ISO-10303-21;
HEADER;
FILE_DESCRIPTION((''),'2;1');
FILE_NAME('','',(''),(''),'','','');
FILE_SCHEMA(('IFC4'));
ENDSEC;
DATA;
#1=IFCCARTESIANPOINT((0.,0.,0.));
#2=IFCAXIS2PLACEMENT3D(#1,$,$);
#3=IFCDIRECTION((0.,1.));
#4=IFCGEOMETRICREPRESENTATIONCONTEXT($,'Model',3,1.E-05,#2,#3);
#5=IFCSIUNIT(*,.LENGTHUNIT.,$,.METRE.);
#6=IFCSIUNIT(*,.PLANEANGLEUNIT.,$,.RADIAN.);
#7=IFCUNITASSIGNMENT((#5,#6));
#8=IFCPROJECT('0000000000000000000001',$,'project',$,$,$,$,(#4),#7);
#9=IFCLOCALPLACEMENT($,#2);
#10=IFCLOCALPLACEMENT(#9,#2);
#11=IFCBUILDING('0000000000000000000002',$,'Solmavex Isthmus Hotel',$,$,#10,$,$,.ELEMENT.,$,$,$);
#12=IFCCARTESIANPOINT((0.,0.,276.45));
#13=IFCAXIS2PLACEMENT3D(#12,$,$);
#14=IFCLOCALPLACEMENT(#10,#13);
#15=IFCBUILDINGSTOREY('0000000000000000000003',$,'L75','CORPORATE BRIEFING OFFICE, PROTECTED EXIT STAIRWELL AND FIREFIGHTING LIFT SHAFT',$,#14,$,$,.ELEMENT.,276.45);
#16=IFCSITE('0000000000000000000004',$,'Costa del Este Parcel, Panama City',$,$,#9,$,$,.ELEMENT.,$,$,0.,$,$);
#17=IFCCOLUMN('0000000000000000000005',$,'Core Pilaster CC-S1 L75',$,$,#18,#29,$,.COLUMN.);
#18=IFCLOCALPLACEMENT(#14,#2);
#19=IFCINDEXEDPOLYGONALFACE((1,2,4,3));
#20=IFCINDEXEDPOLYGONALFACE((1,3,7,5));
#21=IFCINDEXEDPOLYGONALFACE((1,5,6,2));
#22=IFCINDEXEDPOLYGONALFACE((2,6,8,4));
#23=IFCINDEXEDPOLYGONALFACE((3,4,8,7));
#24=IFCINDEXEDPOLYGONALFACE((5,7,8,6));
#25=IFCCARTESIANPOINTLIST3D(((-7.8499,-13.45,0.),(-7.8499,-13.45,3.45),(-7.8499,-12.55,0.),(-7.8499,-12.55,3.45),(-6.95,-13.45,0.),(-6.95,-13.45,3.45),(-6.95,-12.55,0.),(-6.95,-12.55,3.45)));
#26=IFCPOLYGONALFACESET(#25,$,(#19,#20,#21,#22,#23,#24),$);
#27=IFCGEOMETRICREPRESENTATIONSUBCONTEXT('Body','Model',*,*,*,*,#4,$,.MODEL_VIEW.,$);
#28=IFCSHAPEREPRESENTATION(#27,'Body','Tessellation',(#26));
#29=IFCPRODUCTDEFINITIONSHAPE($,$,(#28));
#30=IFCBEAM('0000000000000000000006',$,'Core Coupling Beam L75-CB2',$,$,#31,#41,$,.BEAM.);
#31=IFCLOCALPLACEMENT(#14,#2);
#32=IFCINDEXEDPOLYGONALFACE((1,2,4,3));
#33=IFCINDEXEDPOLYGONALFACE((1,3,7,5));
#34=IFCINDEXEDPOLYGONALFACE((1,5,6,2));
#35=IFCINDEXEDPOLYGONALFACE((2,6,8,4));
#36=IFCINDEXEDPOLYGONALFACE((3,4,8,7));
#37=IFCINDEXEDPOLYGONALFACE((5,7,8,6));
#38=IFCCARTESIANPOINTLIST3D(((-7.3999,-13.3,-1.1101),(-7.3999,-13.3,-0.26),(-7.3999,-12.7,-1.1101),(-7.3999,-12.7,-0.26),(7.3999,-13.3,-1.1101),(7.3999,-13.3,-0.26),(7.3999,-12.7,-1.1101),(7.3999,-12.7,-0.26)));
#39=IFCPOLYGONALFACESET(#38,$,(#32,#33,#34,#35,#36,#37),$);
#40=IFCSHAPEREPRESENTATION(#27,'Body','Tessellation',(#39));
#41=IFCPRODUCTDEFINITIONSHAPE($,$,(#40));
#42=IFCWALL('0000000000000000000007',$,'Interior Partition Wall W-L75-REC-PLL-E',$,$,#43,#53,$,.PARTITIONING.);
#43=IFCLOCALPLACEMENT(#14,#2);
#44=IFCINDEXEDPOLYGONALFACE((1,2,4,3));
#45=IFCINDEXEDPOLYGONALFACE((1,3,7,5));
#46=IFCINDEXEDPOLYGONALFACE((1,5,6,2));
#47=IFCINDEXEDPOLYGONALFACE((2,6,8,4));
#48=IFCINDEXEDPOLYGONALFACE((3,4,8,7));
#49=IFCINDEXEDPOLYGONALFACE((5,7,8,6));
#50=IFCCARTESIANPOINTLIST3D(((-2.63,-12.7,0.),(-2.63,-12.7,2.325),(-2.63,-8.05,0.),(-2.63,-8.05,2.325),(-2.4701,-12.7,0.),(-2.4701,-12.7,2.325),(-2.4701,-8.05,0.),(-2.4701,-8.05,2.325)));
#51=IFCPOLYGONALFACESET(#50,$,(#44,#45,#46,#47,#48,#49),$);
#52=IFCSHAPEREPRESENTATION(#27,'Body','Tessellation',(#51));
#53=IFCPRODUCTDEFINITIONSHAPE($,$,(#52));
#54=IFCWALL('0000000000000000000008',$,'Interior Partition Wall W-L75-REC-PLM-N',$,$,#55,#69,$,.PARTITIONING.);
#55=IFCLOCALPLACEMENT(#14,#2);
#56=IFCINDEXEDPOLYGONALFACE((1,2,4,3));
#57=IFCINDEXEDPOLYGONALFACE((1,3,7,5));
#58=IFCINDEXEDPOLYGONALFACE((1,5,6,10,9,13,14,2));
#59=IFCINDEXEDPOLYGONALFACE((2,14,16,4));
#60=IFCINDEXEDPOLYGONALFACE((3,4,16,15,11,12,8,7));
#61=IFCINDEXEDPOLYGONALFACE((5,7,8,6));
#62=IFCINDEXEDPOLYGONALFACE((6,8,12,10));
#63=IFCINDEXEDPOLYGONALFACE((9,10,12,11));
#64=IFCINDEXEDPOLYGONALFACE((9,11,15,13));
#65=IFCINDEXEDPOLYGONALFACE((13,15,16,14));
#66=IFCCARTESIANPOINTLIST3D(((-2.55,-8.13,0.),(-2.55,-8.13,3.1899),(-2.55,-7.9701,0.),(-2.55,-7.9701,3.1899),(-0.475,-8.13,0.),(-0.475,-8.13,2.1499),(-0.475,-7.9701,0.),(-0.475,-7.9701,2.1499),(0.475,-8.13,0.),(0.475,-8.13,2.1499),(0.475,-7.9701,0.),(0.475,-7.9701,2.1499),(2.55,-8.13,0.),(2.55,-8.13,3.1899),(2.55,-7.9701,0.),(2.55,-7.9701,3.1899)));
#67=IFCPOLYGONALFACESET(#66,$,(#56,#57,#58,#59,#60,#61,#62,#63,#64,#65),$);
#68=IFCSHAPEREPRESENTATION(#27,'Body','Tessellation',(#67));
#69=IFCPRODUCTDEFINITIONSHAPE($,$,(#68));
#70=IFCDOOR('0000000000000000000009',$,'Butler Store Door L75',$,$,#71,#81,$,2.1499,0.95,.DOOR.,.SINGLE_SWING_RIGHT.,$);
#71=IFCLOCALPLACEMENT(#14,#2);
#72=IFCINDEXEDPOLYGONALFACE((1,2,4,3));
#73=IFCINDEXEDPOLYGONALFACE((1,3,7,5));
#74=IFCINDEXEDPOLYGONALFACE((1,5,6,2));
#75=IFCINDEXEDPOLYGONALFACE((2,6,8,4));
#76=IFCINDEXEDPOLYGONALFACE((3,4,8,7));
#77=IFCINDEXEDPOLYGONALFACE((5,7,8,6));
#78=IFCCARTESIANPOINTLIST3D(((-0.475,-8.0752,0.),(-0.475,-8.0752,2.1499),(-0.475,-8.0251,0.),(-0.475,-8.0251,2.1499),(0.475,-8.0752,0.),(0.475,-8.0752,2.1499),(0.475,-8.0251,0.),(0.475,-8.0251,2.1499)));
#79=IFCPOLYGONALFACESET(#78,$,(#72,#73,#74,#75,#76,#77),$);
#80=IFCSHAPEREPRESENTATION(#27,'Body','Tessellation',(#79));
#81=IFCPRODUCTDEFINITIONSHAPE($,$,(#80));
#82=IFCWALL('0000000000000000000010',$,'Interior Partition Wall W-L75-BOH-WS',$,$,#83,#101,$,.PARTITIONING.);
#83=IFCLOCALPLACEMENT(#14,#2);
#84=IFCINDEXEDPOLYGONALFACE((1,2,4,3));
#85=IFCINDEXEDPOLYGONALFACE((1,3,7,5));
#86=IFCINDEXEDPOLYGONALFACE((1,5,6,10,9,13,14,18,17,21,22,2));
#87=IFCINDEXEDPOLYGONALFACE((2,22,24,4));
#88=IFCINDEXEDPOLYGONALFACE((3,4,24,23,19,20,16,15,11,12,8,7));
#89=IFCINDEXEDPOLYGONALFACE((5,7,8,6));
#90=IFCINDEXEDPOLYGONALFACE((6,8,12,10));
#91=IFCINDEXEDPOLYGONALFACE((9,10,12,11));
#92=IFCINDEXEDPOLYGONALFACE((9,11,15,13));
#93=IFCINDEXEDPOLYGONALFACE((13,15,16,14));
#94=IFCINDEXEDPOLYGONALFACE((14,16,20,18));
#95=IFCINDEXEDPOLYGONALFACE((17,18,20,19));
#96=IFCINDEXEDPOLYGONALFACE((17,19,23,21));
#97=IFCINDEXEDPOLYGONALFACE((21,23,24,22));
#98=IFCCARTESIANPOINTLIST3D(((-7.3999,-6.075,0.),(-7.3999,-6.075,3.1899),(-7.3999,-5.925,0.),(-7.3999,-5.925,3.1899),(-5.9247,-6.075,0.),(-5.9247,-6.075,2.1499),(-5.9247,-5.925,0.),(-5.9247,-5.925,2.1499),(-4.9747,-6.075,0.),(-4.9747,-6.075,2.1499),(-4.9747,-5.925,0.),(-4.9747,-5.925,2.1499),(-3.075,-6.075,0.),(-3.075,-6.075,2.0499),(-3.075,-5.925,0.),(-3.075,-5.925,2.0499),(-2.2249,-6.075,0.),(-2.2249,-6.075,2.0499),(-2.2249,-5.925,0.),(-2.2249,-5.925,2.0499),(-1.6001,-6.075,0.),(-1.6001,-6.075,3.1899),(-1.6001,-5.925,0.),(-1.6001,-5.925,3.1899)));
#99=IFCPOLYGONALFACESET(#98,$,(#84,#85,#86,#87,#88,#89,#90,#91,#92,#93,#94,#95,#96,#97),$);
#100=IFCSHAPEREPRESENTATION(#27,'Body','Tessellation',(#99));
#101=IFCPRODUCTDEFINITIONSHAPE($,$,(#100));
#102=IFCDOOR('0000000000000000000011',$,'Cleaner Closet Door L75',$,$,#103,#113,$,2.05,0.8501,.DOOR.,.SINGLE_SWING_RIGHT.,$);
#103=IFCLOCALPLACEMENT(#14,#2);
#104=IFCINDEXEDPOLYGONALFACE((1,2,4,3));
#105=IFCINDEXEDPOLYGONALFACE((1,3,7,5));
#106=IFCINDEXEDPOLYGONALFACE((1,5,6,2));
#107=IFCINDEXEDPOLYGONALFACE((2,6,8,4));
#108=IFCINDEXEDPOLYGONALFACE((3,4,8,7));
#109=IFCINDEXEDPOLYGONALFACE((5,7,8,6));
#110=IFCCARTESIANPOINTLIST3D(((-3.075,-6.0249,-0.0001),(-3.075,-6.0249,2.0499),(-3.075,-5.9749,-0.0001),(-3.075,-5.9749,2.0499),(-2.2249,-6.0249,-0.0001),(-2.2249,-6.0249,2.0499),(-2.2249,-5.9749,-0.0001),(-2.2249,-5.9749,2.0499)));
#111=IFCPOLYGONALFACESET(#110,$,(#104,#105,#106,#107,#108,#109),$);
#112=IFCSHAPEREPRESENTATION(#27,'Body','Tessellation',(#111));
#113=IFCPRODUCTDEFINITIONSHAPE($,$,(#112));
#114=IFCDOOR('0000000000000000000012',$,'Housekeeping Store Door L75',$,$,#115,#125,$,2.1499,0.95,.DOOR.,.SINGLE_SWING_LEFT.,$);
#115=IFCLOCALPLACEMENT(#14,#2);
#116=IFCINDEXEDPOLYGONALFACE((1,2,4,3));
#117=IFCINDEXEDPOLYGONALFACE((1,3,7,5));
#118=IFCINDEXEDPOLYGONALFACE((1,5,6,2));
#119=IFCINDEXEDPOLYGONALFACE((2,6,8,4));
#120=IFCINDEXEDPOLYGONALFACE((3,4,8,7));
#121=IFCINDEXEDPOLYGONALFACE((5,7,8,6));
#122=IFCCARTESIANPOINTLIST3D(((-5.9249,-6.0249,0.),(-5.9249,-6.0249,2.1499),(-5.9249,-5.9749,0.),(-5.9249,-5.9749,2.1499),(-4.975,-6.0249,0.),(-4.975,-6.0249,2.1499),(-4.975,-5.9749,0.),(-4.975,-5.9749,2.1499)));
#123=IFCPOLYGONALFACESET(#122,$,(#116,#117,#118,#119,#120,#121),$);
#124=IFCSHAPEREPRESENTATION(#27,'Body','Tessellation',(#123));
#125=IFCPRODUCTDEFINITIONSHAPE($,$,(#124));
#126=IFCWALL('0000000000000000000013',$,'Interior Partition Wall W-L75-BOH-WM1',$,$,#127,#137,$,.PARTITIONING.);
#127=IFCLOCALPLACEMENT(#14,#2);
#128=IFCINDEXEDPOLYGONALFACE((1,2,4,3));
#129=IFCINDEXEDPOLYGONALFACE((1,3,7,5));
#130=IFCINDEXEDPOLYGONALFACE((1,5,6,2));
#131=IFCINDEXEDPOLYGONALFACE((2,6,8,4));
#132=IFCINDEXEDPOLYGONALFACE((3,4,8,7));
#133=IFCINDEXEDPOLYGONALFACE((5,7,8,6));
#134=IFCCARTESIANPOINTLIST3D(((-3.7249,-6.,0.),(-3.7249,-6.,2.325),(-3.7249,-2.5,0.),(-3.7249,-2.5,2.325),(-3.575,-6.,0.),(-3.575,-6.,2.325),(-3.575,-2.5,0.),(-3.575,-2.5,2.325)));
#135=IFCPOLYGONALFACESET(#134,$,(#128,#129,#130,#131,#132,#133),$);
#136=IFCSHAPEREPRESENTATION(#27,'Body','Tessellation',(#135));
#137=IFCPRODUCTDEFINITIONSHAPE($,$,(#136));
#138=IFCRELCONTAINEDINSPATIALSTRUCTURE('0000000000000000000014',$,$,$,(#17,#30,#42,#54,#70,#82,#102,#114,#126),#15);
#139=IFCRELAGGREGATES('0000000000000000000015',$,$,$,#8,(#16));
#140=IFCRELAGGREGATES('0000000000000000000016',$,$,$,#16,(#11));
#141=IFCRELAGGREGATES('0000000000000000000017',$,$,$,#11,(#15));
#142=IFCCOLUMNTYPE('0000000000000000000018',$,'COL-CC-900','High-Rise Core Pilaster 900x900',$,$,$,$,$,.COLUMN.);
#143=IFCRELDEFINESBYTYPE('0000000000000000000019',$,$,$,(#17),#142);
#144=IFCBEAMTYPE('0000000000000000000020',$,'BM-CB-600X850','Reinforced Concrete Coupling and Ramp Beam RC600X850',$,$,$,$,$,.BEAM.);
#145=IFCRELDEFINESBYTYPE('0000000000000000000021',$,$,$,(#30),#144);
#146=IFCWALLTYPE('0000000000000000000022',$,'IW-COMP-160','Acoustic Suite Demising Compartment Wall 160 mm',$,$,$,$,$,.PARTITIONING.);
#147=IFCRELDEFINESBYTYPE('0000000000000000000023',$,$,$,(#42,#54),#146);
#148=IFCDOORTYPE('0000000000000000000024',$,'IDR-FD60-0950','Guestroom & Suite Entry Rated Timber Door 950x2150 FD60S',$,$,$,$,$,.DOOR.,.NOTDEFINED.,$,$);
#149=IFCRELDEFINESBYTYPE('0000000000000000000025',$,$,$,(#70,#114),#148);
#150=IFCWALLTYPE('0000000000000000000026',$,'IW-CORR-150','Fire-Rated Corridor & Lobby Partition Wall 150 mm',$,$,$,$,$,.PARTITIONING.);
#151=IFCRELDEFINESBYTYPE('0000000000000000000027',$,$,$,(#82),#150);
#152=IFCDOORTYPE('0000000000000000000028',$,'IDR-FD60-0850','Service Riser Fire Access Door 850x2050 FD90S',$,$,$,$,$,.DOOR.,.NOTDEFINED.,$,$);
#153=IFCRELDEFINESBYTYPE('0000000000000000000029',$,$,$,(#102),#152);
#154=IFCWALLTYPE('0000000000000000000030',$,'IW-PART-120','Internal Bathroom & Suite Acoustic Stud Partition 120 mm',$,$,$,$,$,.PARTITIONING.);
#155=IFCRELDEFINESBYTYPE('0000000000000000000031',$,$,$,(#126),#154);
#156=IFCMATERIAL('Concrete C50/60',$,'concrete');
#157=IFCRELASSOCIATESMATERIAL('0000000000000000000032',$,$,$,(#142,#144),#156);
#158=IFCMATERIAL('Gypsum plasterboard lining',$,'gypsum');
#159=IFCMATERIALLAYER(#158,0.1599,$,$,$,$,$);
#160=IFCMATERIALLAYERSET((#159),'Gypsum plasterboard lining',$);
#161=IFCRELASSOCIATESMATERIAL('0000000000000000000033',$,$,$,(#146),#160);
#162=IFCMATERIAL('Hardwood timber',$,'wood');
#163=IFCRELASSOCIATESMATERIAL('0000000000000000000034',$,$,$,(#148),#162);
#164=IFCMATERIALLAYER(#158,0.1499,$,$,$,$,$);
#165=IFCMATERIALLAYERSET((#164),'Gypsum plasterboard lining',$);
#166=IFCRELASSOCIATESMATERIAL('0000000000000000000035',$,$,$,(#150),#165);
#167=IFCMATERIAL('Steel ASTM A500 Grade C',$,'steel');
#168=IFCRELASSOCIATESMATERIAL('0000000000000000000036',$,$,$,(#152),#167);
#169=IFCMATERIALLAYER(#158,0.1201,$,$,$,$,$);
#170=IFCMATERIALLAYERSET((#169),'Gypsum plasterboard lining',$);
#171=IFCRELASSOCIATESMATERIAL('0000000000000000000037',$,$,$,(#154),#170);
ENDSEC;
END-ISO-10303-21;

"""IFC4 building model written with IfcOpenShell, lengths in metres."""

from ifc_helpers import new_model, si_unit, direction, frame, frame_2d, origin, origin_2d, place, context, subcontext, project, spatial, rectangle, extrude, material, layer, layer_set, material_profile, profile_set, type_object, element, fill, save


model = new_model("IFC4")

# Units and contexts
model_context = context("Model", 3, precision=1e-05, world=origin(), true_north=direction((0.0, 1.0)))
body_context = subcontext(model_context, "Body", "Model", "MODEL_VIEW")
ifc_project = project(units=[si_unit("LENGTHUNIT", "METRE"), si_unit("PLANEANGLEUNIT", "RADIAN")], contexts=[model_context])

# Site, building, storey
site_placement = place(None, origin())
site = spatial("IfcSite", under=ifc_project, at=site_placement, Name="Costa del Este Parcel, Panama City", CompositionType="ELEMENT", RefElevation=0.0)
building_placement = place(site_placement, origin())
building = spatial("IfcBuilding", under=site, at=building_placement, Name="Solmavex Isthmus Hotel", CompositionType="ELEMENT")
storey_placement = place(building_placement, frame((0.0, 0.0, 276.45)))
storey = spatial("IfcBuildingStorey", under=building, at=storey_placement, Name="L75", Description="CORPORATE BRIEFING OFFICE, PROTECTED EXIT STAIRWELL AND FIREFIGHTING LIFT SHAFT", CompositionType="ELEMENT", Elevation=276.45)

# Column
ifc_material_1 = material(Name="Concrete C50/60", Category="concrete")
ifc_material_profile_1 = material_profile(ifc_material_1, rectangle(XDim=0.8999, YDim=0.8999, at=origin_2d()), Name="RC900X900")
ifc_profile_set_1 = profile_set([ifc_material_profile_1], Name="Concrete C50/60")
column_type = type_object("IfcColumnType", Name="COL-CC-900", Description="High-Rise Core Pilaster 900x900", PredefinedType="COLUMN", material=ifc_profile_set_1)
column_placement = place(storey_placement, frame((-7.3999, -13.0, 0.0), z_axis=(0.0, 0.0, 1.0), x_axis=(1.0, 0.0, 0.0)))
element("IfcColumn", 1, at=column_placement, inside=storey, type_object=column_type, Name="Core Pilaster CC-S1 L75", PredefinedType="COLUMN", context=body_context, shape_type="SweptSolid", body=[
    extrude(rectangle(XDim=0.8999, YDim=0.8999, at=origin_2d()), origin(), (0.0, 0.0, 1.0), 3.45),
])

# Beam
ifc_material_profile_2 = material_profile(ifc_material_1, rectangle(XDim=0.6001, YDim=0.8501, at=origin_2d()), Name="RC600X850")
ifc_profile_set_2 = profile_set([ifc_material_profile_2], Name="Concrete C50/60")
beam_type = type_object("IfcBeamType", Name="BM-CB-600X850", Description="Reinforced Concrete Coupling and Ramp Beam RC600X850", PredefinedType="BEAM", material=ifc_profile_set_2)
beam_placement = place(storey_placement, frame((-7.3999, -13.0, -0.6851), z_axis=(1.0, 0.0, 0.0), x_axis=(0.0, 1.0, 0.0)))
element("IfcBeam", 2, at=beam_placement, inside=storey, type_object=beam_type, Name="Core Coupling Beam L75-CB2", PredefinedType="BEAM", context=body_context, shape_type="SweptSolid", body=[
    extrude(rectangle(XDim=0.6001, YDim=0.8501, at=origin_2d()), origin(), (0.0, 0.0, 1.0), 14.7998),
])

# Shared definitions
ifc_material_2 = material(Name="Gypsum plasterboard lining", Category="gypsum")
ifc_layer_1 = layer(ifc_material_2, 0.1599)
ifc_layer_set_1 = layer_set([ifc_layer_1], Name="Gypsum plasterboard lining")
wall_type_1 = type_object("IfcWallType", Name="IW-COMP-160", Description="Acoustic Suite Demising Compartment Wall 160 mm", PredefinedType="PARTITIONING", material=ifc_layer_set_1)
ifc_material_3 = material(Name="Hardwood timber", Category="wood")
door_type_1 = type_object("IfcDoorType", Name="IDR-FD60-0950", Description="Guestroom & Suite Entry Rated Timber Door 950x2150 FD60S", OperationType="NOTDEFINED", PredefinedType="DOOR", material=ifc_material_3)

# Wall
wall_1_placement = place(storey_placement, frame((-2.55, -12.7, 0.0), z_axis=(0.0, 0.0, 1.0), x_axis=(0.0, 1.0, 0.0)))
element("IfcWall", 3, at=wall_1_placement, inside=storey, type_object=wall_type_1, Name="Interior Partition Wall W-L75-REC-PLL-E", PredefinedType="PARTITIONING", context=body_context, shape_type="SweptSolid", body=[
    extrude(rectangle(XDim=4.6499, YDim=0.1599, at=frame_2d((2.325, 0.0))), origin(), (0.0, 0.0, 1.0), 2.325),
])

# Wall, opening, door
wall_2_placement = place(storey_placement, frame((-2.55, -8.05, 0.0), z_axis=(0.0, 0.0, 1.0), x_axis=(1.0, 0.0, 0.0)))
wall_2 = element("IfcWall", 4, at=wall_2_placement, inside=storey, type_object=wall_type_1, Name="Interior Partition Wall W-L75-REC-PLM-N", PredefinedType="PARTITIONING", context=body_context, shape_type="SweptSolid", body=[
    extrude(rectangle(XDim=5.1001, YDim=0.1599, at=frame_2d((2.55, 0.0))), origin(), (0.0, 0.0, 1.0), 3.1899),
])
opening_1_placement = place(wall_2_placement, frame((2.075, 0.0, 0.0)))
opening_1 = element("IfcOpeningElement", 5, at=opening_1_placement, cuts=wall_2, PredefinedType="OPENING", context=body_context, shape_type="SweptSolid", body=[
    extrude(rectangle(XDim=0.95, YDim=2.1499, at=frame_2d((0.4751, 1.075))), frame((0.0, 0.0898, 0.0), z_axis=(0.0, -1.0, 0.0), x_axis=(1.0, 0.0, 0.0)), (0.0, 0.0, 1.0), 0.1799),
])
door_1_placement = place(opening_1_placement, origin())
door_1 = element("IfcDoor", 6, at=door_1_placement, inside=storey, type_object=door_type_1, Name="Butler Store Door L75", OperationType="SINGLE_SWING_RIGHT", OverallHeight=2.1499, OverallWidth=0.95, PredefinedType="DOOR", context=body_context, shape_type="SweptSolid", body=[
    extrude(rectangle(XDim=0.95, YDim=2.1499, at=frame_2d((0.4751, 1.075))), frame((0.0, 0.0249, 0.0), z_axis=(0.0, -1.0, 0.0), x_axis=(1.0, 0.0, 0.0)), (0.0, 0.0, 1.0), 0.05),
])
fill(opening_1, door_1)

# Wall, openings, doors
ifc_layer_2 = layer(ifc_material_2, 0.1499)
ifc_layer_set_2 = layer_set([ifc_layer_2], Name="Gypsum plasterboard lining")
wall_type_2 = type_object("IfcWallType", Name="IW-CORR-150", Description="Fire-Rated Corridor & Lobby Partition Wall 150 mm", PredefinedType="PARTITIONING", material=ifc_layer_set_2)
wall_3_placement = place(storey_placement, frame((-7.3999, -6.0, 0.0), z_axis=(0.0, 0.0, 1.0), x_axis=(1.0, 0.0, 0.0)))
wall_3 = element("IfcWall", 7, at=wall_3_placement, inside=storey, type_object=wall_type_2, Name="Interior Partition Wall W-L75-BOH-WS", PredefinedType="PARTITIONING", context=body_context, shape_type="SweptSolid", body=[
    extrude(rectangle(XDim=5.7998, YDim=0.1499, at=frame_2d((2.8999, 0.0))), origin(), (0.0, 0.0, 1.0), 3.1899),
])
opening_2_placement = place(wall_3_placement, frame((1.4751, 0.0, 0.0)))
opening_2 = element("IfcOpeningElement", 8, at=opening_2_placement, cuts=wall_3, PredefinedType="OPENING", context=body_context, shape_type="SweptSolid", body=[
    extrude(rectangle(XDim=0.95, YDim=2.1499, at=frame_2d((0.4751, 1.075))), frame((0.0, 0.085, 0.0), z_axis=(0.0, -1.0, 0.0), x_axis=(1.0, 0.0, 0.0)), (0.0, 0.0, 1.0), 0.1699),
])
opening_3_placement = place(wall_3_placement, frame((4.325, 0.0, 0.0)))
opening_3 = element("IfcOpeningElement", 9, at=opening_3_placement, cuts=wall_3, PredefinedType="OPENING", context=body_context, shape_type="SweptSolid", body=[
    extrude(rectangle(XDim=0.8501, YDim=2.05, at=frame_2d((0.425, 1.0249))), frame((0.0, 0.085, 0.0), z_axis=(0.0, -1.0, 0.0), x_axis=(1.0, 0.0, 0.0)), (0.0, 0.0, 1.0), 0.1699),
])
ifc_material_4 = material(Name="Steel ASTM A500 Grade C", Category="steel")
door_type_2 = type_object("IfcDoorType", Name="IDR-FD60-0850", Description="Service Riser Fire Access Door 850x2050 FD90S", OperationType="NOTDEFINED", PredefinedType="DOOR", material=ifc_material_4)
door_2_placement = place(opening_3_placement, frame((0.8501, 0.0, 0.0), z_axis=(0.0, 0.0, 1.0), x_axis=(-1.0, 0.0, 0.0)))
door_2 = element("IfcDoor", 10, at=door_2_placement, inside=storey, type_object=door_type_2, Name="Cleaner Closet Door L75", OperationType="SINGLE_SWING_RIGHT", OverallHeight=2.05, OverallWidth=0.8501, PredefinedType="DOOR", context=body_context, shape_type="SweptSolid", body=[
    extrude(rectangle(XDim=0.8501, YDim=2.05, at=frame_2d((0.425, 1.0249))), frame((0.0, 0.0249, 0.0), z_axis=(0.0, -1.0, 0.0), x_axis=(1.0, 0.0, 0.0)), (0.0, 0.0, 1.0), 0.05),
])
fill(opening_3, door_2)
door_3_placement = place(opening_2_placement, frame((0.95, 0.0, 0.0), z_axis=(0.0, 0.0, 1.0), x_axis=(-1.0, 0.0, 0.0)))
door_3 = element("IfcDoor", 11, at=door_3_placement, inside=storey, type_object=door_type_1, Name="Housekeeping Store Door L75", OperationType="SINGLE_SWING_LEFT", OverallHeight=2.1499, OverallWidth=0.95, PredefinedType="DOOR", context=body_context, shape_type="SweptSolid", body=[
    extrude(rectangle(XDim=0.95, YDim=2.1499, at=frame_2d((0.4751, 1.075))), frame((0.0, 0.0249, 0.0), z_axis=(0.0, -1.0, 0.0), x_axis=(1.0, 0.0, 0.0)), (0.0, 0.0, 1.0), 0.05),
])
fill(opening_2, door_3)

# Wall
ifc_layer_3 = layer(ifc_material_2, 0.1201)
ifc_layer_set_3 = layer_set([ifc_layer_3], Name="Gypsum plasterboard lining")
wall_type_3 = type_object("IfcWallType", Name="IW-PART-120", Description="Internal Bathroom & Suite Acoustic Stud Partition 120 mm", PredefinedType="PARTITIONING", material=ifc_layer_set_3)
wall_4_placement = place(storey_placement, frame((-3.6499, -6.0, 0.0), z_axis=(0.0, 0.0, 1.0), x_axis=(0.0, 1.0, 0.0)))
element("IfcWall", 12, at=wall_4_placement, inside=storey, type_object=wall_type_3, Name="Interior Partition Wall W-L75-BOH-WM1", PredefinedType="PARTITIONING", context=body_context, shape_type="SweptSolid", body=[
    extrude(rectangle(XDim=3.5, YDim=0.1499, at=frame_2d((1.75, 0.0))), origin(), (0.0, 0.0, 1.0), 2.325),
])

save(model, "model.ifc")
